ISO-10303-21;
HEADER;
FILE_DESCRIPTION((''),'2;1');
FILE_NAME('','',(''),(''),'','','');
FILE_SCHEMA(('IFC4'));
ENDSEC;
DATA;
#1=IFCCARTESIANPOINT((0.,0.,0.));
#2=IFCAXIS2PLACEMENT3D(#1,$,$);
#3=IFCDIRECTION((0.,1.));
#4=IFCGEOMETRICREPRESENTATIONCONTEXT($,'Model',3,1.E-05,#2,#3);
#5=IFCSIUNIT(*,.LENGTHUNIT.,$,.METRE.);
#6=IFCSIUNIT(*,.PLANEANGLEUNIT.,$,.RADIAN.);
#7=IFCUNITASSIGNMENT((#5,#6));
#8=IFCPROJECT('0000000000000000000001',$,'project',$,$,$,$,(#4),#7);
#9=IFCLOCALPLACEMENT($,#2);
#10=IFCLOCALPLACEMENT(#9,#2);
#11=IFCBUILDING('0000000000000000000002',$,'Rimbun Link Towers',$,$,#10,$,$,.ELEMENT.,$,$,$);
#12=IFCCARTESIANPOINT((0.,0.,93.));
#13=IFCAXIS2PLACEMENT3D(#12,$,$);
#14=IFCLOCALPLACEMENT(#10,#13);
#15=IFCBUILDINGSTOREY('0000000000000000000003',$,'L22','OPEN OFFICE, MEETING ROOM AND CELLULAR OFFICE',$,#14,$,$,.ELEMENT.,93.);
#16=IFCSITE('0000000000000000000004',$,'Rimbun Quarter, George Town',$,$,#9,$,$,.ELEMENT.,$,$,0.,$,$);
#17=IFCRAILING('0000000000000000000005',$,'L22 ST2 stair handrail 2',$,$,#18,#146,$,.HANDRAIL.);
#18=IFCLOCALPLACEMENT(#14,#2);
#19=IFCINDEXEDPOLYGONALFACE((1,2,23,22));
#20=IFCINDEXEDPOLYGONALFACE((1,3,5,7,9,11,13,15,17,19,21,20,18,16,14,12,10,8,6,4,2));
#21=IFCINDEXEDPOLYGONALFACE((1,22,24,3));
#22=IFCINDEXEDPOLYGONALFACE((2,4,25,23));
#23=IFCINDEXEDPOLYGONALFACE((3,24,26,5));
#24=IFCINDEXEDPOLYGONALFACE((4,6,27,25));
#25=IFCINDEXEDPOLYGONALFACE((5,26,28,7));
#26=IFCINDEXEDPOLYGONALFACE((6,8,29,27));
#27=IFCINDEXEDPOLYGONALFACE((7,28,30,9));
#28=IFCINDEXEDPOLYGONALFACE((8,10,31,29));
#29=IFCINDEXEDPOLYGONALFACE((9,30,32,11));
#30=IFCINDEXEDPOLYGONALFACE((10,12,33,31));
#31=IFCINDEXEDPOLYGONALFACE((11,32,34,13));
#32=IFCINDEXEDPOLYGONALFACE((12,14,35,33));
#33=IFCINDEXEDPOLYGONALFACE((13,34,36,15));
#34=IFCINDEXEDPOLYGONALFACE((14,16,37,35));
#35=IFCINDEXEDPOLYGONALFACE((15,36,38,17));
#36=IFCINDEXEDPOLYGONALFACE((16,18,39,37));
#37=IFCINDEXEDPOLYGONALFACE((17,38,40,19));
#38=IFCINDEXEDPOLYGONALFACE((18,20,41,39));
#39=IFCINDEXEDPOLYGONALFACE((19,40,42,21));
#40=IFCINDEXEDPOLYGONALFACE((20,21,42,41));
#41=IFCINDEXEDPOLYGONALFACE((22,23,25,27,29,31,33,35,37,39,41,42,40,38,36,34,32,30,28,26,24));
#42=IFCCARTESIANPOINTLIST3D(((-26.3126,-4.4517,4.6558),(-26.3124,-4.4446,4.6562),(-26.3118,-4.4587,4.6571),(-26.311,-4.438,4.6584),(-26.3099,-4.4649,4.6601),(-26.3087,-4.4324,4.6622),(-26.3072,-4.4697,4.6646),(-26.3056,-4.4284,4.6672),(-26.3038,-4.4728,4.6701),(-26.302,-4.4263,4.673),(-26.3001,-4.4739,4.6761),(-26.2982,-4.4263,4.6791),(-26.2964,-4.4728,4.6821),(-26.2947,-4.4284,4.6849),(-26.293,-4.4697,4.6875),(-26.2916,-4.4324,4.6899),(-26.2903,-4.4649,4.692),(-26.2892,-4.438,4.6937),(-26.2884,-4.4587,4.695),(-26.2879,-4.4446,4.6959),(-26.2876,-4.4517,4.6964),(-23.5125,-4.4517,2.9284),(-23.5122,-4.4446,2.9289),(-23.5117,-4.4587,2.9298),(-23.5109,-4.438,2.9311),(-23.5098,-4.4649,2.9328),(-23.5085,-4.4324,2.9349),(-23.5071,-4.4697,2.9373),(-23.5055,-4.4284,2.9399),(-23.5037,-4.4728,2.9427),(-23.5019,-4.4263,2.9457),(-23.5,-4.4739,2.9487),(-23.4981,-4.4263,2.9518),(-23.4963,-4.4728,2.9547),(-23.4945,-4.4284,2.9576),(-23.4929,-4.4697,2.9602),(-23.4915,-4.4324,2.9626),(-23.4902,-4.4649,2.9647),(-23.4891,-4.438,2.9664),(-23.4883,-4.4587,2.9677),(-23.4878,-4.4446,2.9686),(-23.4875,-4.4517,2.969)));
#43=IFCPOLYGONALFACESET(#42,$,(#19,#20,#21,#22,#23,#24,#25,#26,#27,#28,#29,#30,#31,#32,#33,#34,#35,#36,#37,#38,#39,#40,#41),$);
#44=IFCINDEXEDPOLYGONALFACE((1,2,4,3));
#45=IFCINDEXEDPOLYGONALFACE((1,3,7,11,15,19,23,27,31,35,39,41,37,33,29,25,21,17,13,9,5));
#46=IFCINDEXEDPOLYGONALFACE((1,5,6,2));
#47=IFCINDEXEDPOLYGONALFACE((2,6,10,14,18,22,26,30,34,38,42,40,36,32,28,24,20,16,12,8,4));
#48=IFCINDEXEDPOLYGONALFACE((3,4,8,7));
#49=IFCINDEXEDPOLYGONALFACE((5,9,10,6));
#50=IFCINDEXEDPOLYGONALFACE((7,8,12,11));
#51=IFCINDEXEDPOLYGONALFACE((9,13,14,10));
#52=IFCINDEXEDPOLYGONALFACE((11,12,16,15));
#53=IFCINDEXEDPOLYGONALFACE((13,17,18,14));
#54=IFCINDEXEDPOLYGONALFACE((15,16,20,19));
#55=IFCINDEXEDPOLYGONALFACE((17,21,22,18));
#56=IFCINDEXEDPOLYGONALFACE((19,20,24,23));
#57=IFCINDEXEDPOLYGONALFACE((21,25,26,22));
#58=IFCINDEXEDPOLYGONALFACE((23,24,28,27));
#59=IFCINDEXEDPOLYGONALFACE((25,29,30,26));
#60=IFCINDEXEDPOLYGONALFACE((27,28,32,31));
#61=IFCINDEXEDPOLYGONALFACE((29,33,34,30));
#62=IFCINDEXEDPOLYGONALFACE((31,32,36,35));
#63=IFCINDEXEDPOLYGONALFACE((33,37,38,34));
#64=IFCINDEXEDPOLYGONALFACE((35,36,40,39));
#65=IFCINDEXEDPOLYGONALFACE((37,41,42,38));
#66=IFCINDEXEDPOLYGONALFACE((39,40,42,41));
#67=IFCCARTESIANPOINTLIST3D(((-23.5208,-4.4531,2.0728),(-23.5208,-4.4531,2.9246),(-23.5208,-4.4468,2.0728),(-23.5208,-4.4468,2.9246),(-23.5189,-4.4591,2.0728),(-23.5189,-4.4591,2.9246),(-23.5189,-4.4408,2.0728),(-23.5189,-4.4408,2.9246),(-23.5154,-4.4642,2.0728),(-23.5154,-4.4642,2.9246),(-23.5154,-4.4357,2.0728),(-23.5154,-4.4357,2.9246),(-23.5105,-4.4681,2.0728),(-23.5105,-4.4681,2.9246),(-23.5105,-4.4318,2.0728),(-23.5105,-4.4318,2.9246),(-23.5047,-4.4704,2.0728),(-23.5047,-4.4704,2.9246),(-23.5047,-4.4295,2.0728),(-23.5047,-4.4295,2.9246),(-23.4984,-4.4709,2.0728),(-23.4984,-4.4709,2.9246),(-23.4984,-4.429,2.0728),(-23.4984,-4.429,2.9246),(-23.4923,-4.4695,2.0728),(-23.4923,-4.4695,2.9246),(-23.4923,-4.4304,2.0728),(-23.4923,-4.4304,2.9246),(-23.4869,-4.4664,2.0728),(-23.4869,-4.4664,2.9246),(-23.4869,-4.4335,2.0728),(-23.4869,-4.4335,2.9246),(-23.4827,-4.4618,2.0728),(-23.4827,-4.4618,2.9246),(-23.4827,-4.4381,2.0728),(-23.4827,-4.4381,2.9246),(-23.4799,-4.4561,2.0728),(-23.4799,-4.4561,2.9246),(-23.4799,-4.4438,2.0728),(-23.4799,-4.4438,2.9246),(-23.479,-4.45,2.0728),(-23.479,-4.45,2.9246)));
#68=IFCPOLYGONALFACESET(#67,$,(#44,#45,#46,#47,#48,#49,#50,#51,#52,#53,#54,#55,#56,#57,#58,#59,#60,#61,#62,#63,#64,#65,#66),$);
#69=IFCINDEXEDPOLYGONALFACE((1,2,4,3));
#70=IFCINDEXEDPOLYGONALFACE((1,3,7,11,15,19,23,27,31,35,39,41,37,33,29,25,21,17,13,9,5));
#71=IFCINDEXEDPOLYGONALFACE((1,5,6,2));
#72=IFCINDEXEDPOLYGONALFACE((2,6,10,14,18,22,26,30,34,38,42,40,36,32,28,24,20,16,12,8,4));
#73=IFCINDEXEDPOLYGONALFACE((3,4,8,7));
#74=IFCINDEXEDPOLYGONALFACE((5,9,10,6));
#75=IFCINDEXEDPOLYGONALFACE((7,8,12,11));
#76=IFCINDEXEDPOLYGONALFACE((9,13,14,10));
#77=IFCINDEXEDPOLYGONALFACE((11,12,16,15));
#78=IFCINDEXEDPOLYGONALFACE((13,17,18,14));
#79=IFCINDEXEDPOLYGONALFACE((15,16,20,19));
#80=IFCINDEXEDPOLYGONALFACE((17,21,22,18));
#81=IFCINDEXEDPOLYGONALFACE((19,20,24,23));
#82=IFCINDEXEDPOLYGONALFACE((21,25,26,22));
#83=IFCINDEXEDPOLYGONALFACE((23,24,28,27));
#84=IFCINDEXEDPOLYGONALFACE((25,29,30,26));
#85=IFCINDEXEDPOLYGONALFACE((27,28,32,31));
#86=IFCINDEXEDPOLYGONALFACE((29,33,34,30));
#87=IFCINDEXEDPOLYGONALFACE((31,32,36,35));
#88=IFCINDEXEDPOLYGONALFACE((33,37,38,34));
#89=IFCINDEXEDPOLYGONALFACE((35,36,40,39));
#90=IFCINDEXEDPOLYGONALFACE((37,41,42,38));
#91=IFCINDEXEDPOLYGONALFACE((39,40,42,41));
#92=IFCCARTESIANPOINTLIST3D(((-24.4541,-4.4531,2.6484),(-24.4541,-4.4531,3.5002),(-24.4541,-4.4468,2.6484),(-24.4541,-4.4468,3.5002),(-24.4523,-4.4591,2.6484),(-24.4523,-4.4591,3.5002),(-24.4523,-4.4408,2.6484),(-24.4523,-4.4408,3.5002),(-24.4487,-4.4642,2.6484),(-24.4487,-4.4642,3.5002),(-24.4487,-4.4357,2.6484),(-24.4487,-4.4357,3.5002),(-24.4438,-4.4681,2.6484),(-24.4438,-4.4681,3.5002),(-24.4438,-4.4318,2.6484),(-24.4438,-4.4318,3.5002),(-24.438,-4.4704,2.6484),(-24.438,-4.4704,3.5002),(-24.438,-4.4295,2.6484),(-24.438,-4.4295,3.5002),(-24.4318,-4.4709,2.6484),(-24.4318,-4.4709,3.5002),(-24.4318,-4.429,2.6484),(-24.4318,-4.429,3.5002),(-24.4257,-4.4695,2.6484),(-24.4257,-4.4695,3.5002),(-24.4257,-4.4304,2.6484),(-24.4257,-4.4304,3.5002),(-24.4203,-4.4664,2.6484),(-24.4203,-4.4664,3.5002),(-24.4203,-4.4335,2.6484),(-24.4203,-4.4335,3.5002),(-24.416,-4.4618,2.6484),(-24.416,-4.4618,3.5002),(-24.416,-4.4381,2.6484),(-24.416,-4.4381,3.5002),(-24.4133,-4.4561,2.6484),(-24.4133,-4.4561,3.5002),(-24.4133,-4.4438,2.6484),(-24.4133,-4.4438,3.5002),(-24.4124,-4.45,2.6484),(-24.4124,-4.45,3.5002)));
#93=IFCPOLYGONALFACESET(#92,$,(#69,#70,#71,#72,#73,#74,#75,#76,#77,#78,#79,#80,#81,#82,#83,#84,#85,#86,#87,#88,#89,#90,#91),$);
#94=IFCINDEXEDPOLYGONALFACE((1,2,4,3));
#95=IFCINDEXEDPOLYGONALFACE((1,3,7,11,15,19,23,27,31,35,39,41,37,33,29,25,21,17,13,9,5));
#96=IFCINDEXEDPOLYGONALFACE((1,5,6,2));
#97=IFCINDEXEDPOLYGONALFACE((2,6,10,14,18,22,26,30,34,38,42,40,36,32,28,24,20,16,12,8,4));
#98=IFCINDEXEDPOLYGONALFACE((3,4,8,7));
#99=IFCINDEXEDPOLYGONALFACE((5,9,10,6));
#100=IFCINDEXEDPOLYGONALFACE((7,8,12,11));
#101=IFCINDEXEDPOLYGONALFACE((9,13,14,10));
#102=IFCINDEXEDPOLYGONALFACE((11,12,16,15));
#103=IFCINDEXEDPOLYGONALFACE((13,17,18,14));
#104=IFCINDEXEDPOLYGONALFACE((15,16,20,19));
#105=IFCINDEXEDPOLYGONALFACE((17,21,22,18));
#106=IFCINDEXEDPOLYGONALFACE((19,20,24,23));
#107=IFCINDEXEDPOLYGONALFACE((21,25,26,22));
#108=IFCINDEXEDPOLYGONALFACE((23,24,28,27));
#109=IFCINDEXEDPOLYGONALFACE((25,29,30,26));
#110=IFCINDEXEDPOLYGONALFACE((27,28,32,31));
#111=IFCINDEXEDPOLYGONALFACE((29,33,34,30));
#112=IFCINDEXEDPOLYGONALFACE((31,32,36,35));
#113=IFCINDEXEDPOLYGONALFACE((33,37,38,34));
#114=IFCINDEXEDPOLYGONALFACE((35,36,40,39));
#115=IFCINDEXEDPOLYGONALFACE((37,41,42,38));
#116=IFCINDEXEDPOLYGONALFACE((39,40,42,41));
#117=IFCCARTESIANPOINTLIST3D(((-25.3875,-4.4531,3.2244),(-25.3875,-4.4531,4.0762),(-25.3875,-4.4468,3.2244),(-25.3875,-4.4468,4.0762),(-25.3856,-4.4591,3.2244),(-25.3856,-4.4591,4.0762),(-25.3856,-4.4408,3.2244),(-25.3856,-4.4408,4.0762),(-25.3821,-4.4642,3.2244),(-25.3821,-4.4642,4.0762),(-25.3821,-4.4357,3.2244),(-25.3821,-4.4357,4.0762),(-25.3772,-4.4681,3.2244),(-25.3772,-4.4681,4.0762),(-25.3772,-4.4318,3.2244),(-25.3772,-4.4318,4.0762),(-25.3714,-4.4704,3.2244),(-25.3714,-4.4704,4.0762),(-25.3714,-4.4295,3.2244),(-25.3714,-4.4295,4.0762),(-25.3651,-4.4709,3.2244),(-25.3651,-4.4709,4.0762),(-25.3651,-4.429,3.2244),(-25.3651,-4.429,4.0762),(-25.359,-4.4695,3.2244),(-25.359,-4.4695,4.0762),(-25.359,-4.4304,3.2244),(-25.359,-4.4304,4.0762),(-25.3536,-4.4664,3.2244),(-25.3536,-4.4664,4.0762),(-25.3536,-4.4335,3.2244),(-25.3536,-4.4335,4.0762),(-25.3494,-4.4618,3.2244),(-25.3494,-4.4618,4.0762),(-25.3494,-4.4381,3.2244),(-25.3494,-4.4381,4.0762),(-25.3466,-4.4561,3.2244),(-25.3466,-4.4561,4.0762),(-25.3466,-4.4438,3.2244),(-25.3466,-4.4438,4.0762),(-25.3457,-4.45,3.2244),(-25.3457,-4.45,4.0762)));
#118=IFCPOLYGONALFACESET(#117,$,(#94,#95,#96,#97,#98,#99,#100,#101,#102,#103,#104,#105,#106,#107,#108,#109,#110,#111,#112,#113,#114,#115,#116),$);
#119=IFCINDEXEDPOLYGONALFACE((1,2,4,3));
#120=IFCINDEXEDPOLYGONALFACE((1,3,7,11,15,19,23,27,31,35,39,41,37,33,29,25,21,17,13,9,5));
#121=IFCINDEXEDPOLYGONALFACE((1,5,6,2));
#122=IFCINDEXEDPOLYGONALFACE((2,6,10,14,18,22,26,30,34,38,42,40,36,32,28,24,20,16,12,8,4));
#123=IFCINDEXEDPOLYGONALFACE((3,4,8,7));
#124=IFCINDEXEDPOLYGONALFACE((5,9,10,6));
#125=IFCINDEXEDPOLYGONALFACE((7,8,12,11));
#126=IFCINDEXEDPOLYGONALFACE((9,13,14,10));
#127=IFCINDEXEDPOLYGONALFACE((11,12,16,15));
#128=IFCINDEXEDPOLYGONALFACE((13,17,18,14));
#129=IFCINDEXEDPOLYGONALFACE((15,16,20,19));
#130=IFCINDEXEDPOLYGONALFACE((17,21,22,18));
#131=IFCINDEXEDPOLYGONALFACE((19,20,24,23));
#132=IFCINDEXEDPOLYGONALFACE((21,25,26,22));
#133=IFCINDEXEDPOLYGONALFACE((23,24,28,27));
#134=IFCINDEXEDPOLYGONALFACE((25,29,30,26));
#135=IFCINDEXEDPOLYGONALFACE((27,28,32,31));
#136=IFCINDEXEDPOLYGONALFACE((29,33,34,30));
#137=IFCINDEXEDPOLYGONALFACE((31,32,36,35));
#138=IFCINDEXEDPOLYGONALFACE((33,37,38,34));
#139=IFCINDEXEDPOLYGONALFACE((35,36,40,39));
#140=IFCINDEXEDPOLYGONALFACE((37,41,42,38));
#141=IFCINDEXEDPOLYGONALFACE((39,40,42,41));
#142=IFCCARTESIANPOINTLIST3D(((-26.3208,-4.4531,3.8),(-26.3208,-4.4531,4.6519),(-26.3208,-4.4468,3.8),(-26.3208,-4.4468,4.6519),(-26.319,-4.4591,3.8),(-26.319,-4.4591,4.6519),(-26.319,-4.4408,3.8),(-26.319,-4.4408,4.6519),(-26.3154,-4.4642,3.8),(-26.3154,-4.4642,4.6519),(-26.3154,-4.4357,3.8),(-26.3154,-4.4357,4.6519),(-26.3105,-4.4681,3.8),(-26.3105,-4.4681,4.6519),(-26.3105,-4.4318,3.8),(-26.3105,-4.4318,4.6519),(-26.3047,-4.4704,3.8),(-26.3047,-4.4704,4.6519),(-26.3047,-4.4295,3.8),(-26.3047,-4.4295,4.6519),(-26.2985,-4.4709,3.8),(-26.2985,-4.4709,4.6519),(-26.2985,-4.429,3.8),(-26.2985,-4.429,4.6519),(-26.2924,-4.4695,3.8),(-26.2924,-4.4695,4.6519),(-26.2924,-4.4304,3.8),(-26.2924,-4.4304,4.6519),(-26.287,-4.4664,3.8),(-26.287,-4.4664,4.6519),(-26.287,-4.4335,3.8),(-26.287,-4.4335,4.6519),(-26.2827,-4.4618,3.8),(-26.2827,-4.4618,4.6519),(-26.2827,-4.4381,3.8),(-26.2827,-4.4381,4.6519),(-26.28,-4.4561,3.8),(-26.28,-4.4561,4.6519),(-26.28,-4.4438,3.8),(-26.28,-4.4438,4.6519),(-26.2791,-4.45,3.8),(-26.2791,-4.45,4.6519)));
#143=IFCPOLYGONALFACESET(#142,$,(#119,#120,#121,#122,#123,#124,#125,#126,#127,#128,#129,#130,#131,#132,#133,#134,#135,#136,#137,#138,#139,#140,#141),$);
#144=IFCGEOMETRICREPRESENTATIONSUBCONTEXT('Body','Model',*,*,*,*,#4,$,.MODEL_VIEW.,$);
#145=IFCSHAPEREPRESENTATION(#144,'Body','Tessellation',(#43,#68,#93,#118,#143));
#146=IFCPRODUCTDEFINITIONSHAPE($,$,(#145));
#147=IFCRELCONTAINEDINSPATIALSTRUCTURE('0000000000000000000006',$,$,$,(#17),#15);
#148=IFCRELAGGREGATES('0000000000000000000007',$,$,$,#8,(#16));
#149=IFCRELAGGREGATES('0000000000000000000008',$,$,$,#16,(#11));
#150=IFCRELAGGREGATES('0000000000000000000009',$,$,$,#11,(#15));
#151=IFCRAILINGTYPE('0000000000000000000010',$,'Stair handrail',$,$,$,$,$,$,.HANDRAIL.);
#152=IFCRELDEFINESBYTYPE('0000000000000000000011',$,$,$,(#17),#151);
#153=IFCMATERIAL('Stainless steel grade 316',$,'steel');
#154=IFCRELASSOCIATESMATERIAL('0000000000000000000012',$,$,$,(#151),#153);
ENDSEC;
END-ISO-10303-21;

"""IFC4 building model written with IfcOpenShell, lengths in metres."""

from ifc_helpers import new_model, si_unit, direction, frame, origin, origin_2d, place, context, subcontext, project, spatial, circle, extrude, material, type_object, element, save


model = new_model("IFC4")

# Units and contexts
model_context = context("Model", 3, precision=1e-05, world=origin(), true_north=direction((0.0, 1.0)))
body_context = subcontext(model_context, "Body", "Model", "MODEL_VIEW")
ifc_project = project(units=[si_unit("LENGTHUNIT", "METRE"), si_unit("PLANEANGLEUNIT", "RADIAN")], contexts=[model_context])

# Site, building, storey
site_placement = place(None, origin())
site = spatial("IfcSite", under=ifc_project, at=site_placement, Name="Rimbun Quarter, George Town", CompositionType="ELEMENT", RefElevation=0.0)
building_placement = place(site_placement, origin())
building = spatial("IfcBuilding", under=site, at=building_placement, Name="Rimbun Link Towers", CompositionType="ELEMENT")
storey_placement = place(building_placement, frame((0.0, 0.0, 93.0)))
storey = spatial("IfcBuildingStorey", under=building, at=storey_placement, Name="L22", Description="OPEN OFFICE, MEETING ROOM AND CELLULAR OFFICE", CompositionType="ELEMENT", Elevation=93.0)

# Railing
ifc_material_1 = material(Name="Stainless steel grade 316", Category="steel")
railing_type_1 = type_object("IfcRailingType", Name="Stair handrail", PredefinedType="HANDRAIL", material=ifc_material_1)
railing_1_placement = place(storey_placement, frame((-23.5, -4.45, 2.0728)))
element("IfcRailing", 1, at=railing_1_placement, inside=storey, type_object=railing_type_1, Name="L22 ST2 stair handrail 2", PredefinedType="HANDRAIL", context=body_context, shape_type="SweptSolid", body=[
    extrude(circle(Radius=0.0239, at=origin_2d()), frame((0.0, 0.0, 0.876), z_axis=(-0.85109, 0.0, 0.52502), x_axis=(0.0, -1.0, 0.0)), (0.0, 0.0, 1.0), 3.29),
    extrude(circle(Radius=0.021, at=origin_2d()), origin(), (0.0, 0.0, 1.0), 0.8518),
    extrude(circle(Radius=0.021, at=origin_2d()), frame((-0.9333, 0.0, 0.5757)), (0.0, 0.0, 1.0), 0.8518),
    extrude(circle(Radius=0.021, at=origin_2d()), frame((-1.8667, 0.0, 1.1516)), (0.0, 0.0, 1.0), 0.8518),
    extrude(circle(Radius=0.021, at=origin_2d()), frame((-2.8, 0.0, 1.7273)), (0.0, 0.0, 1.0), 0.8518),
])

save(model, "model.ifc")
